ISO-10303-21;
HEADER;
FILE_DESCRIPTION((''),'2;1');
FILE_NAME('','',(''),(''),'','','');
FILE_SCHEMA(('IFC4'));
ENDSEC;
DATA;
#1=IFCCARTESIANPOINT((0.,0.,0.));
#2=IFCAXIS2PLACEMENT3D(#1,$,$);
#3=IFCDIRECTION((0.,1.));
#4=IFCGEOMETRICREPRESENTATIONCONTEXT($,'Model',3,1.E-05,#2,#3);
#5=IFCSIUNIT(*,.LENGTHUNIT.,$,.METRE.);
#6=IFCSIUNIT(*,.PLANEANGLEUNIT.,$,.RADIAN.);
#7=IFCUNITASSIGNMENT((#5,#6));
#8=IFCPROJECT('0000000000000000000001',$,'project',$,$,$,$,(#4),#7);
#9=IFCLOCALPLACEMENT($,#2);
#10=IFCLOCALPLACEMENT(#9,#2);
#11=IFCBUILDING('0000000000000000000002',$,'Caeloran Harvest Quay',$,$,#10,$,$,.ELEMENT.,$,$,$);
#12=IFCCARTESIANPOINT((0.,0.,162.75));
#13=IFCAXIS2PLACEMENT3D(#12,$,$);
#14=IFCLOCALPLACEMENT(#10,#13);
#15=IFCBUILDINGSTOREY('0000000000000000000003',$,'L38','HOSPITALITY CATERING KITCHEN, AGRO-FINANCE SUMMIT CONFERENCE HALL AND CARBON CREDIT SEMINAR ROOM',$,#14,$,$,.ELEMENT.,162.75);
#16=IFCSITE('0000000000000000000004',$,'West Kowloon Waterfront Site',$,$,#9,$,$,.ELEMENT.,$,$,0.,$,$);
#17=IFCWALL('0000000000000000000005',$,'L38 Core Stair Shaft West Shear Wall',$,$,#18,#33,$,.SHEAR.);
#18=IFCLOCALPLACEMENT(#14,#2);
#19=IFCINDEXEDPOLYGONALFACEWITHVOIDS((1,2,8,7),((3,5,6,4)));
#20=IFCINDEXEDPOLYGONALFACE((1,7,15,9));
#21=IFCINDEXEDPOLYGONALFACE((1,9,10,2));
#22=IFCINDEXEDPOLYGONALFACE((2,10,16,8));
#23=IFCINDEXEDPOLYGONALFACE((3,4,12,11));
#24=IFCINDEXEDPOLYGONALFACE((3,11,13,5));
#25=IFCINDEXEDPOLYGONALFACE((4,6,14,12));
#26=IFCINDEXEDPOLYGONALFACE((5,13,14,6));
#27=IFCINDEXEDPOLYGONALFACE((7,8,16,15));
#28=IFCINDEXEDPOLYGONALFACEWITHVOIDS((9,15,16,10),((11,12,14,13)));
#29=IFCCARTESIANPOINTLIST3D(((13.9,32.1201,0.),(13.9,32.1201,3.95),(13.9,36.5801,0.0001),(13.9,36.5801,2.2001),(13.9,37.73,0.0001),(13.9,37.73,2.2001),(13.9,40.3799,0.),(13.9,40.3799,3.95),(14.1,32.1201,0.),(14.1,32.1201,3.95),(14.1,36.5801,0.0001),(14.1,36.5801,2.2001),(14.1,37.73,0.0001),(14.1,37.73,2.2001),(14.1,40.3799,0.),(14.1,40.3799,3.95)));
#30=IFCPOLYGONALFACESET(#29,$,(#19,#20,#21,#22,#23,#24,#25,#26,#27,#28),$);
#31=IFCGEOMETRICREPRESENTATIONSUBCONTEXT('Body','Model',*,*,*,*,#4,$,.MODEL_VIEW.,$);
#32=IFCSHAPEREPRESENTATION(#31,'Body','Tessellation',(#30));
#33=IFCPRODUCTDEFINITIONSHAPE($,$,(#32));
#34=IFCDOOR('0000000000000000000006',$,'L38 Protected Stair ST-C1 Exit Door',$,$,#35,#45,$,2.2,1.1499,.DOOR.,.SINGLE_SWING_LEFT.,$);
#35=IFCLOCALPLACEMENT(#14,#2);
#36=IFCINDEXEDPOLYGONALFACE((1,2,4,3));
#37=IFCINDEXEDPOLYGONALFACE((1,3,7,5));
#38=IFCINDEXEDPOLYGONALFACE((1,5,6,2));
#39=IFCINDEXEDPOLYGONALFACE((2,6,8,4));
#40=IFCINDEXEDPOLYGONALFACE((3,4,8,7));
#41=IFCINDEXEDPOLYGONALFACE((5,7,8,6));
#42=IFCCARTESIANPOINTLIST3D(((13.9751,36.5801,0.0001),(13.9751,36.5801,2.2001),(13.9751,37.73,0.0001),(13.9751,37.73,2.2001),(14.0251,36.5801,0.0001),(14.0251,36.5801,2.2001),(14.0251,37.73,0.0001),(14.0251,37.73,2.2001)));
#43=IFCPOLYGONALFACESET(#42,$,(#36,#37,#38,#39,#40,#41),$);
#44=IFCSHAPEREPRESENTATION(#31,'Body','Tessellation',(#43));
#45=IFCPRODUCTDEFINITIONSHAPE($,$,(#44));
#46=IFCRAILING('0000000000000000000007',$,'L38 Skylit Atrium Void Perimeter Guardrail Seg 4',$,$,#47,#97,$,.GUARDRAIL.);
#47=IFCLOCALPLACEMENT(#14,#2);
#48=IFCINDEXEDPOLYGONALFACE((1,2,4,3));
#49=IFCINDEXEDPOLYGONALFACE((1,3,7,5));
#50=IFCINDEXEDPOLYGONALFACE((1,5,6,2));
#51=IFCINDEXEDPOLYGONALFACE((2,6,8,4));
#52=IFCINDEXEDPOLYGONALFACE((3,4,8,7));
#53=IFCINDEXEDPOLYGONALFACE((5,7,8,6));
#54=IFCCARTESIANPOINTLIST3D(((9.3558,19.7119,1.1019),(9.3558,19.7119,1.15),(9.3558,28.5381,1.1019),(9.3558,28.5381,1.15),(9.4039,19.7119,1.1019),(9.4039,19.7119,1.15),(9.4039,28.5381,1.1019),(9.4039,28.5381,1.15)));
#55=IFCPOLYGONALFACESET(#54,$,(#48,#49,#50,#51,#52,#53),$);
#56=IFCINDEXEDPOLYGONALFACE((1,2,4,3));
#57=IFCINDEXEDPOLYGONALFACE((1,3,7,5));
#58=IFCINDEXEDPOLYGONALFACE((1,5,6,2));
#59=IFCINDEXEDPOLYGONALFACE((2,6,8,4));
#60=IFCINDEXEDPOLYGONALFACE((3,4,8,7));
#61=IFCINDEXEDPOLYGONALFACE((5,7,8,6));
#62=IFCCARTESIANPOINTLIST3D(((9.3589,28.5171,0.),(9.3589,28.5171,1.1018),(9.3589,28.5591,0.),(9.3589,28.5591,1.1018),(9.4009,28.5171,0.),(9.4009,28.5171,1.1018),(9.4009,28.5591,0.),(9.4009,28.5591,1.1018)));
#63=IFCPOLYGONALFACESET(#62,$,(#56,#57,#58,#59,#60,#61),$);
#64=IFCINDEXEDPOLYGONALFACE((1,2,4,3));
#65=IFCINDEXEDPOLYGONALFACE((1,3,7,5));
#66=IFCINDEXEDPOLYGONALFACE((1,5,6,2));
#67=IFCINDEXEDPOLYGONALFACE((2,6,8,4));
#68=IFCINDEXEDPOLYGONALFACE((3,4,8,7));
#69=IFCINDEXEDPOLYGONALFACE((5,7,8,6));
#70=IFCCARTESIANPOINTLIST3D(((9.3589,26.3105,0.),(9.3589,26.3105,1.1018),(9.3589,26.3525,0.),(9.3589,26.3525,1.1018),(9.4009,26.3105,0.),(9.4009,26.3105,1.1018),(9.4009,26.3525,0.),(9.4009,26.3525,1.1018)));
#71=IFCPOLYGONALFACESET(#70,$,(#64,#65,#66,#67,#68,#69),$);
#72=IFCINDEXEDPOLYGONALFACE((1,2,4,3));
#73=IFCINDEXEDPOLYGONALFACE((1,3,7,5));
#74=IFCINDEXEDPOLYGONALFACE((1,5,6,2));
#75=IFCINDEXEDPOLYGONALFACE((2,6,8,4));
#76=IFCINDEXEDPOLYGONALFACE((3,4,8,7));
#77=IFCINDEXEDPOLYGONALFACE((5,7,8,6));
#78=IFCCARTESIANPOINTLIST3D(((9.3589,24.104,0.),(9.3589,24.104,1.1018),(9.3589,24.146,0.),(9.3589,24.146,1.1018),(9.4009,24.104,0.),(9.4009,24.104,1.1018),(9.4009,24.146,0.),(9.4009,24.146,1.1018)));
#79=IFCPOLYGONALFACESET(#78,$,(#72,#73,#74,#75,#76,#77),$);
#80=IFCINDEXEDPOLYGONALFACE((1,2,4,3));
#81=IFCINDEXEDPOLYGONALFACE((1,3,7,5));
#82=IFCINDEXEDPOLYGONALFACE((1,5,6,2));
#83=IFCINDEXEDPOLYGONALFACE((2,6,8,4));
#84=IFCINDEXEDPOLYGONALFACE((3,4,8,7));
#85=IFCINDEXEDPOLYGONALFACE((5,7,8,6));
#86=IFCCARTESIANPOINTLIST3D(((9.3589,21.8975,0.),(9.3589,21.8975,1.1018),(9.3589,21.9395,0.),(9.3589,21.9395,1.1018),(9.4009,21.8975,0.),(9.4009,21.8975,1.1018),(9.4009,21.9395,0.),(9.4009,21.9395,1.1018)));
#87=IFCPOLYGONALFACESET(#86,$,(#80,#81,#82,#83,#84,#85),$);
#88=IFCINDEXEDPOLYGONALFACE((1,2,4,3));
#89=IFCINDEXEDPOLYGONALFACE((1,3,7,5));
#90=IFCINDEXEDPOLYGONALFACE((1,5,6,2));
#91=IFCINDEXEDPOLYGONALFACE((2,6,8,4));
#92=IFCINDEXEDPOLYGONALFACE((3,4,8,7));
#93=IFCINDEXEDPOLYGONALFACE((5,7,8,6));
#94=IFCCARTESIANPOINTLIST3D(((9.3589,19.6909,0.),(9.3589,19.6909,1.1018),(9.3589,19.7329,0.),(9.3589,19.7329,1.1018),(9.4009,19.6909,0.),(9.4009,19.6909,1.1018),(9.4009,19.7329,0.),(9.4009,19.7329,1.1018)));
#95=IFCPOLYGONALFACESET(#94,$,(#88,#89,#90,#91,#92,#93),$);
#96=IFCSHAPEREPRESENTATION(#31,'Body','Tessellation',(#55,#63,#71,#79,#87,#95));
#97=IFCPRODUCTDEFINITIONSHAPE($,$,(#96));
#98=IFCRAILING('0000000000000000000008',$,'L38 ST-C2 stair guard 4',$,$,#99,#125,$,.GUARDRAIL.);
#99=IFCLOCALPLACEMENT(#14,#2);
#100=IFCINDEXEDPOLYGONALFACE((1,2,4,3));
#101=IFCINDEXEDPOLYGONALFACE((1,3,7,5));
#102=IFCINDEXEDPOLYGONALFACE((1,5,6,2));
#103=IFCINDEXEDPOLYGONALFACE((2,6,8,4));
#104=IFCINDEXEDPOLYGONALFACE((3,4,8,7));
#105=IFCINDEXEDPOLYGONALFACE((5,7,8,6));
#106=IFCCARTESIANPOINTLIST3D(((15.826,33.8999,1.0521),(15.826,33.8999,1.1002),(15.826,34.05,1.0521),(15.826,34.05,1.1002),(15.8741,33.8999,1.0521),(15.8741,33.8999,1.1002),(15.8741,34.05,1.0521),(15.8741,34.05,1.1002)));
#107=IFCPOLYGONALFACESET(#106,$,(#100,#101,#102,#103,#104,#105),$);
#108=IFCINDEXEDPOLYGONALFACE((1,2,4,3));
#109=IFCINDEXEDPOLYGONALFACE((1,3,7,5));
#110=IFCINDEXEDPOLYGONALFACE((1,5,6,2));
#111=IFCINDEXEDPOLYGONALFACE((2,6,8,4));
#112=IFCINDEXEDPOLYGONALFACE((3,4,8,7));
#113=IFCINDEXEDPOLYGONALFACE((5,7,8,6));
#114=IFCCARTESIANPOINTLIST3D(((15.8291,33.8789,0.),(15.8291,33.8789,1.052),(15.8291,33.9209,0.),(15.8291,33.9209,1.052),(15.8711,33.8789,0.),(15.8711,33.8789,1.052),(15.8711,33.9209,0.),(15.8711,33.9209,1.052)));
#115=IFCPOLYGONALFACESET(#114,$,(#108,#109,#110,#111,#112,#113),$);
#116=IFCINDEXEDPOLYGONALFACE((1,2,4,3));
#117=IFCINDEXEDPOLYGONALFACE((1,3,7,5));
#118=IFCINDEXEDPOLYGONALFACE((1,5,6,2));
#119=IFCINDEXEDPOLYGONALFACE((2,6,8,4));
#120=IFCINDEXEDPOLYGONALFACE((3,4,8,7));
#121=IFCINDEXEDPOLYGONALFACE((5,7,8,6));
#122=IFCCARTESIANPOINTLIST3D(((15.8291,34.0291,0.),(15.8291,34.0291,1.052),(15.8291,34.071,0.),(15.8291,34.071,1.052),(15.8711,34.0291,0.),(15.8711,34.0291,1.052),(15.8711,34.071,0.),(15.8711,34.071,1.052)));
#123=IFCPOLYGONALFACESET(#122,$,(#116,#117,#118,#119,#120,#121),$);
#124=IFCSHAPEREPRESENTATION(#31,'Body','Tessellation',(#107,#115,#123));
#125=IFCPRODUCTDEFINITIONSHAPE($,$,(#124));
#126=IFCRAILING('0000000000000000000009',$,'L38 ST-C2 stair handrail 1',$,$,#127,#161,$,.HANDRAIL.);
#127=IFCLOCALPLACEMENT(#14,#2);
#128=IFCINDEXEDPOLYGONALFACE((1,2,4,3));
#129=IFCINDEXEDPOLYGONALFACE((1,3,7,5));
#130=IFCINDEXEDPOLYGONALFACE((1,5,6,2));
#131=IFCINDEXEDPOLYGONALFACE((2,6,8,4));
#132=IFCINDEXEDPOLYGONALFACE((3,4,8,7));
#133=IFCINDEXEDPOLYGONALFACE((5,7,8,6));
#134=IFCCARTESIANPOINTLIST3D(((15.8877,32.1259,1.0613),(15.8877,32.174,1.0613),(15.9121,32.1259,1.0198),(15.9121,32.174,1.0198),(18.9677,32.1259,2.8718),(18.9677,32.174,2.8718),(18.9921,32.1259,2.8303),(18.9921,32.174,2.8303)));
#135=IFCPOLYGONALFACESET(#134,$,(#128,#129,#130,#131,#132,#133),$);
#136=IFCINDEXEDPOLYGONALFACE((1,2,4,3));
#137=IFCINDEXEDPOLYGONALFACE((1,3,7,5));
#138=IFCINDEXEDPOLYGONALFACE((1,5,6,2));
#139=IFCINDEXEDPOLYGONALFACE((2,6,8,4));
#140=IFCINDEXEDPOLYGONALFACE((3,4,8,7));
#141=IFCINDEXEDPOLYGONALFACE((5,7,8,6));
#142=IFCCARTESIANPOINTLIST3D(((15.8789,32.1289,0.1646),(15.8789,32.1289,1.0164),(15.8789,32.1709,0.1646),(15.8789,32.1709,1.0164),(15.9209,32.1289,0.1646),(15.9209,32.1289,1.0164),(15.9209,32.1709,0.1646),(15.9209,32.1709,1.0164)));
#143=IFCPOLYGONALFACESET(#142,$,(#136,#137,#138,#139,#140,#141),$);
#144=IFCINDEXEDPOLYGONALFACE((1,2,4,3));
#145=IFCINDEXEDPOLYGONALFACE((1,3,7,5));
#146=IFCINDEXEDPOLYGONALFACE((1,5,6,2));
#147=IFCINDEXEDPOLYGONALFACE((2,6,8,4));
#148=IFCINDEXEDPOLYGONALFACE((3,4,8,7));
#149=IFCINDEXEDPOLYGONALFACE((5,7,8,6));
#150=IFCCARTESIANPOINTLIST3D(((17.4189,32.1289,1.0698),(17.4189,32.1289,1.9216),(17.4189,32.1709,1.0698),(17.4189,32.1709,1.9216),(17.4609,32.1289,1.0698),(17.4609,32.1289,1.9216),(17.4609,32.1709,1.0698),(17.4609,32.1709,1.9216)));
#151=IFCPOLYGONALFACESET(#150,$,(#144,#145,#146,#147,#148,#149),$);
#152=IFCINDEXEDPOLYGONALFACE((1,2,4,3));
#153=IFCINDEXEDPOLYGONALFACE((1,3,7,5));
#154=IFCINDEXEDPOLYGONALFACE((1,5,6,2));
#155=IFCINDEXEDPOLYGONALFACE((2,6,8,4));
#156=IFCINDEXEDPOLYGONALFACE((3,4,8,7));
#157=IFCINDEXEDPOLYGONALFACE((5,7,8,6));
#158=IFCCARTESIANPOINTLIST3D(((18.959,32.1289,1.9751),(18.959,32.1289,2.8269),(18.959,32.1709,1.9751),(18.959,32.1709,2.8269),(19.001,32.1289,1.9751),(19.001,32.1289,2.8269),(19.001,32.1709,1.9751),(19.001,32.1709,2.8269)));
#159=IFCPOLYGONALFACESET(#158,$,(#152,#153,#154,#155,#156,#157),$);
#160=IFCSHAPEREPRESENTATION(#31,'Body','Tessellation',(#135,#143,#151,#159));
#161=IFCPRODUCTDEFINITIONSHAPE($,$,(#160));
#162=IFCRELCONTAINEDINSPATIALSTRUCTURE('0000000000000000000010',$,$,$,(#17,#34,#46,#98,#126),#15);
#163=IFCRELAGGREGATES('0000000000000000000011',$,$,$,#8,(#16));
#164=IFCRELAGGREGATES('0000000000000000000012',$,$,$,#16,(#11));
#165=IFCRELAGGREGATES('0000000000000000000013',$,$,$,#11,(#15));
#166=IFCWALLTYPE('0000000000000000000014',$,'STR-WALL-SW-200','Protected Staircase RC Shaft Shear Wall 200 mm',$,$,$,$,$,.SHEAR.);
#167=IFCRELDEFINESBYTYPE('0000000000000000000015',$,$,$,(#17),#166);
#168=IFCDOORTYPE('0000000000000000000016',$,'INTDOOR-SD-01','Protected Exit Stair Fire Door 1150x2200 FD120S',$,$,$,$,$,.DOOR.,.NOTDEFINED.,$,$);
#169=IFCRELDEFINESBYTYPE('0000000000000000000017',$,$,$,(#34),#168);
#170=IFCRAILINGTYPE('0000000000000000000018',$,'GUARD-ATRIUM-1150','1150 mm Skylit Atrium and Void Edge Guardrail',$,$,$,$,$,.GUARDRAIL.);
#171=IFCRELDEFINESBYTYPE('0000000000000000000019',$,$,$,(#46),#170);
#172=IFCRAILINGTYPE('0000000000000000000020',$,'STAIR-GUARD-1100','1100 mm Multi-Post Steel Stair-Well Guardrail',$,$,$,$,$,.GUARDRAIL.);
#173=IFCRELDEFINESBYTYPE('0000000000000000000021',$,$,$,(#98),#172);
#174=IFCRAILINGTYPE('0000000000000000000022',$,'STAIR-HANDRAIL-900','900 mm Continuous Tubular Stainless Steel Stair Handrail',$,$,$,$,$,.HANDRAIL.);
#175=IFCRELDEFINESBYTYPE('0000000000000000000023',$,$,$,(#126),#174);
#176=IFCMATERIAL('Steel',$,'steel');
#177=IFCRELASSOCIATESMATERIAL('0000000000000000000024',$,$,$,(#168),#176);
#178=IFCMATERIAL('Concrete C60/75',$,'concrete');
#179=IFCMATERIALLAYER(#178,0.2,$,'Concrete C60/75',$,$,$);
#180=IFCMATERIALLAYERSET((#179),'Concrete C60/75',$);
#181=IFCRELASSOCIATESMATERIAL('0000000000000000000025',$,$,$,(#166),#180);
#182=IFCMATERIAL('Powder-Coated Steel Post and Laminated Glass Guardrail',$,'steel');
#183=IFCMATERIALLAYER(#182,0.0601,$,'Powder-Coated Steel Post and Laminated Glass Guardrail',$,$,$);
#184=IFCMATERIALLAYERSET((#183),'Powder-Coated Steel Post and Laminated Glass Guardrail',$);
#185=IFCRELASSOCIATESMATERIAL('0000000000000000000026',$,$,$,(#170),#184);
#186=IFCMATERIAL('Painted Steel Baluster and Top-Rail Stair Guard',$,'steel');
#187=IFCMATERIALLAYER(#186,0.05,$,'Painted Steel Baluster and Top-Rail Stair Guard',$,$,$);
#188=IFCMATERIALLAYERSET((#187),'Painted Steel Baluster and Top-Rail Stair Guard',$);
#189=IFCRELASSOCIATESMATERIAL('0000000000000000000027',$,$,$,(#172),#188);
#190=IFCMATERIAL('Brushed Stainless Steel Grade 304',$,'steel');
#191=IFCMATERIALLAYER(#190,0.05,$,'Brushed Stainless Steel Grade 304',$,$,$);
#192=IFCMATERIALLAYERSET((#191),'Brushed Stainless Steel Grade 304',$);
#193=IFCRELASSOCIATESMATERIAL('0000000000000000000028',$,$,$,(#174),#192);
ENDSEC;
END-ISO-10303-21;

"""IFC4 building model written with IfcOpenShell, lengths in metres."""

from ifc_helpers import new_model, si_unit, direction, frame, frame_2d, origin, origin_2d, place, context, subcontext, project, spatial, rectangle, extrude, material, layer, layer_set, type_object, element, fill, save


model = new_model("IFC4")

# Units and contexts
model_context = context("Model", 3, precision=1e-05, world=origin(), true_north=direction((0.0, 1.0)))
body_context = subcontext(model_context, "Body", "Model", "MODEL_VIEW")
ifc_project = project(units=[si_unit("LENGTHUNIT", "METRE"), si_unit("PLANEANGLEUNIT", "RADIAN")], contexts=[model_context])

# Site, building, storey
site_placement = place(None, origin())
site = spatial("IfcSite", under=ifc_project, at=site_placement, Name="West Kowloon Waterfront Site", CompositionType="ELEMENT", RefElevation=0.0)
building_placement = place(site_placement, origin())
building = spatial("IfcBuilding", under=site, at=building_placement, Name="Caeloran Harvest Quay", CompositionType="ELEMENT")
storey_placement = place(building_placement, frame((0.0, 0.0, 162.75)))
storey = spatial("IfcBuildingStorey", under=building, at=storey_placement, Name="L38", Description="HOSPITALITY CATERING KITCHEN, AGRO-FINANCE SUMMIT CONFERENCE HALL AND CARBON CREDIT SEMINAR ROOM", CompositionType="ELEMENT", Elevation=162.75)

# Shared definitions
ifc_material_1 = material(Name="Concrete C60/75", Category="concrete")

# Shared definitions
ifc_material_2 = material(Name="Steel", Category="steel")

# Shared definitions
door_type_1 = type_object("IfcDoorType", Name="INTDOOR-SD-01", Description="Protected Exit Stair Fire Door 1150x2200 FD120S", OperationType="NOTDEFINED", PredefinedType="DOOR", material=ifc_material_2)

# Wall, opening, door
ifc_layer_1 = layer(ifc_material_1, 0.2, Name="Concrete C60/75")
ifc_layer_set_1 = layer_set([ifc_layer_1], Name="Concrete C60/75")
wall_type_1 = type_object("IfcWallType", Name="STR-WALL-SW-200", Description="Protected Staircase RC Shaft Shear Wall 200 mm", PredefinedType="SHEAR", material=ifc_layer_set_1)
wall_1_placement = place(storey_placement, frame((14.0, 32.1201, 0.0), z_axis=(0.0, 0.0, 1.0), x_axis=(0.0, 1.0, 0.0)))
wall_1 = element("IfcWall", 1, at=wall_1_placement, inside=storey, type_object=wall_type_1, Name="L38 Core Stair Shaft West Shear Wall", PredefinedType="SHEAR", context=body_context, shape_type="SweptSolid", body=[
    extrude(rectangle(XDim=8.2598, YDim=0.2, at=frame_2d((4.1299, 0.0))), origin(), (0.0, 0.0, 1.0), 3.95),
])
opening_1_placement = place(wall_1_placement, frame((4.46, 0.0, 0.0)))
opening_1 = element("IfcOpeningElement", 2, at=opening_1_placement, cuts=wall_1, PredefinedType="OPENING", context=body_context, shape_type="SweptSolid", body=[
    extrude(rectangle(XDim=1.1499, YDim=2.2, at=frame_2d((0.575, 1.1001))), frame((0.0, 0.1099, 0.0), z_axis=(0.0, -1.0, 0.0), x_axis=(1.0, 0.0, 0.0)), (0.0, 0.0, 1.0), 0.22),
])
door_1_placement = place(opening_1_placement, origin())
door_1 = element("IfcDoor", 3, at=door_1_placement, inside=storey, type_object=door_type_1, Name="L38 Protected Stair ST-C1 Exit Door", OperationType="SINGLE_SWING_LEFT", OverallHeight=2.2, OverallWidth=1.1499, PredefinedType="DOOR", context=body_context, shape_type="SweptSolid", body=[
    extrude(rectangle(XDim=1.1499, YDim=2.2, at=frame_2d((0.575, 1.1001))), frame((0.0, 0.0249, 0.0), z_axis=(0.0, -1.0, 0.0), x_axis=(1.0, 0.0, 0.0)), (0.0, 0.0, 1.0), 0.05),
])
fill(opening_1, door_1)

# Railings
ifc_material_3 = material(Name="Powder-Coated Steel Post and Laminated Glass Guardrail", Category="steel")
ifc_layer_2 = layer(ifc_material_3, 0.0601, Name="Powder-Coated Steel Post and Laminated Glass Guardrail")
ifc_layer_set_2 = layer_set([ifc_layer_2], Name="Powder-Coated Steel Post and Laminated Glass Guardrail")
railing_type_1 = type_object("IfcRailingType", Name="GUARD-ATRIUM-1150", Description="1150 mm Skylit Atrium and Void Edge Guardrail", PredefinedType="GUARDRAIL", material=ifc_layer_set_2)
railing_1_placement = place(storey_placement, frame((9.3799, 28.5381, 0.0)))
element("IfcRailing", 4, at=railing_1_placement, inside=storey, type_object=railing_type_1, Name="L38 Skylit Atrium Void Perimeter Guardrail Seg 4", PredefinedType="GUARDRAIL", context=body_context, shape_type="SweptSolid", body=[
    extrude(rectangle(XDim=0.0481, YDim=0.0481, at=origin_2d()), frame((0.0, 0.0, 1.126), z_axis=(0.0, -1.0, 0.0), x_axis=(1.0, 0.0, 0.0)), (0.0, 0.0, 1.0), 8.8262),
    extrude(rectangle(XDim=0.042, YDim=0.042, at=origin_2d()), origin(), (0.0, 0.0, 1.0), 1.1018),
    extrude(rectangle(XDim=0.042, YDim=0.042, at=origin_2d()), frame((0.0, -2.2065, 0.0)), (0.0, 0.0, 1.0), 1.1018),
    extrude(rectangle(XDim=0.042, YDim=0.042, at=origin_2d()), frame((0.0, -4.4131, 0.0)), (0.0, 0.0, 1.0), 1.1018),
    extrude(rectangle(XDim=0.042, YDim=0.042, at=origin_2d()), frame((0.0, -6.6196, 0.0)), (0.0, 0.0, 1.0), 1.1018),
    extrude(rectangle(XDim=0.042, YDim=0.042, at=origin_2d()), frame((0.0, -8.8262, 0.0)), (0.0, 0.0, 1.0), 1.1018),
])
ifc_material_4 = material(Name="Painted Steel Baluster and Top-Rail Stair Guard", Category="steel")
ifc_layer_3 = layer(ifc_material_4, 0.05, Name="Painted Steel Baluster and Top-Rail Stair Guard")
ifc_layer_set_3 = layer_set([ifc_layer_3], Name="Painted Steel Baluster and Top-Rail Stair Guard")
railing_type_2 = type_object("IfcRailingType", Name="STAIR-GUARD-1100", Description="1100 mm Multi-Post Steel Stair-Well Guardrail", PredefinedType="GUARDRAIL", material=ifc_layer_set_3)
railing_2_placement = place(storey_placement, frame((15.8501, 33.8999, 0.0)))
element("IfcRailing", 5, at=railing_2_placement, inside=storey, type_object=railing_type_2, Name="L38 ST-C2 stair guard 4", PredefinedType="GUARDRAIL", context=body_context, shape_type="SweptSolid", body=[
    extrude(rectangle(XDim=0.0481, YDim=0.0481, at=origin_2d()), frame((0.0, 0.0, 1.0762), z_axis=(0.0, 1.0, 0.0), x_axis=(-1.0, 0.0, 0.0)), (0.0, 0.0, 1.0), 0.1501),
    extrude(rectangle(XDim=0.042, YDim=0.042, at=origin_2d()), origin(), (0.0, 0.0, 1.0), 1.052),
    extrude(rectangle(XDim=0.042, YDim=0.042, at=origin_2d()), frame((0.0, 0.1501, 0.0)), (0.0, 0.0, 1.0), 1.052),
])
ifc_material_5 = material(Name="Brushed Stainless Steel Grade 304", Category="steel")
ifc_layer_4 = layer(ifc_material_5, 0.05, Name="Brushed Stainless Steel Grade 304")
ifc_layer_set_4 = layer_set([ifc_layer_4], Name="Brushed Stainless Steel Grade 304")
railing_type_3 = type_object("IfcRailingType", Name="STAIR-HANDRAIL-900", Description="900 mm Continuous Tubular Stainless Steel Stair Handrail", PredefinedType="HANDRAIL", material=ifc_layer_set_4)
railing_3_placement = place(storey_placement, frame((15.8999, 32.1499, 0.1646)))
element("IfcRailing", 6, at=railing_3_placement, inside=storey, type_object=railing_type_3, Name="L38 ST-C2 stair handrail 1", PredefinedType="HANDRAIL", context=body_context, shape_type="SweptSolid", body=[
    extrude(rectangle(XDim=0.0481, YDim=0.0481, at=origin_2d()), frame((0.0, 0.0, 0.876), z_axis=(0.862089, 0.0, 0.506757), x_axis=(0.0, 1.0, 0.0)), (0.0, 0.0, 1.0), 3.5728),
    extrude(rectangle(XDim=0.042, YDim=0.042, at=origin_2d()), origin(), (0.0, 0.0, 1.0), 0.8518),
    extrude(rectangle(XDim=0.042, YDim=0.042, at=origin_2d()), frame((1.54, 0.0, 0.9053)), (0.0, 0.0, 1.0), 0.8518),
    extrude(rectangle(XDim=0.042, YDim=0.042, at=origin_2d()), frame((3.0801, 0.0, 1.8105)), (0.0, 0.0, 1.0), 0.8518),
])

save(model, "model.ifc")
